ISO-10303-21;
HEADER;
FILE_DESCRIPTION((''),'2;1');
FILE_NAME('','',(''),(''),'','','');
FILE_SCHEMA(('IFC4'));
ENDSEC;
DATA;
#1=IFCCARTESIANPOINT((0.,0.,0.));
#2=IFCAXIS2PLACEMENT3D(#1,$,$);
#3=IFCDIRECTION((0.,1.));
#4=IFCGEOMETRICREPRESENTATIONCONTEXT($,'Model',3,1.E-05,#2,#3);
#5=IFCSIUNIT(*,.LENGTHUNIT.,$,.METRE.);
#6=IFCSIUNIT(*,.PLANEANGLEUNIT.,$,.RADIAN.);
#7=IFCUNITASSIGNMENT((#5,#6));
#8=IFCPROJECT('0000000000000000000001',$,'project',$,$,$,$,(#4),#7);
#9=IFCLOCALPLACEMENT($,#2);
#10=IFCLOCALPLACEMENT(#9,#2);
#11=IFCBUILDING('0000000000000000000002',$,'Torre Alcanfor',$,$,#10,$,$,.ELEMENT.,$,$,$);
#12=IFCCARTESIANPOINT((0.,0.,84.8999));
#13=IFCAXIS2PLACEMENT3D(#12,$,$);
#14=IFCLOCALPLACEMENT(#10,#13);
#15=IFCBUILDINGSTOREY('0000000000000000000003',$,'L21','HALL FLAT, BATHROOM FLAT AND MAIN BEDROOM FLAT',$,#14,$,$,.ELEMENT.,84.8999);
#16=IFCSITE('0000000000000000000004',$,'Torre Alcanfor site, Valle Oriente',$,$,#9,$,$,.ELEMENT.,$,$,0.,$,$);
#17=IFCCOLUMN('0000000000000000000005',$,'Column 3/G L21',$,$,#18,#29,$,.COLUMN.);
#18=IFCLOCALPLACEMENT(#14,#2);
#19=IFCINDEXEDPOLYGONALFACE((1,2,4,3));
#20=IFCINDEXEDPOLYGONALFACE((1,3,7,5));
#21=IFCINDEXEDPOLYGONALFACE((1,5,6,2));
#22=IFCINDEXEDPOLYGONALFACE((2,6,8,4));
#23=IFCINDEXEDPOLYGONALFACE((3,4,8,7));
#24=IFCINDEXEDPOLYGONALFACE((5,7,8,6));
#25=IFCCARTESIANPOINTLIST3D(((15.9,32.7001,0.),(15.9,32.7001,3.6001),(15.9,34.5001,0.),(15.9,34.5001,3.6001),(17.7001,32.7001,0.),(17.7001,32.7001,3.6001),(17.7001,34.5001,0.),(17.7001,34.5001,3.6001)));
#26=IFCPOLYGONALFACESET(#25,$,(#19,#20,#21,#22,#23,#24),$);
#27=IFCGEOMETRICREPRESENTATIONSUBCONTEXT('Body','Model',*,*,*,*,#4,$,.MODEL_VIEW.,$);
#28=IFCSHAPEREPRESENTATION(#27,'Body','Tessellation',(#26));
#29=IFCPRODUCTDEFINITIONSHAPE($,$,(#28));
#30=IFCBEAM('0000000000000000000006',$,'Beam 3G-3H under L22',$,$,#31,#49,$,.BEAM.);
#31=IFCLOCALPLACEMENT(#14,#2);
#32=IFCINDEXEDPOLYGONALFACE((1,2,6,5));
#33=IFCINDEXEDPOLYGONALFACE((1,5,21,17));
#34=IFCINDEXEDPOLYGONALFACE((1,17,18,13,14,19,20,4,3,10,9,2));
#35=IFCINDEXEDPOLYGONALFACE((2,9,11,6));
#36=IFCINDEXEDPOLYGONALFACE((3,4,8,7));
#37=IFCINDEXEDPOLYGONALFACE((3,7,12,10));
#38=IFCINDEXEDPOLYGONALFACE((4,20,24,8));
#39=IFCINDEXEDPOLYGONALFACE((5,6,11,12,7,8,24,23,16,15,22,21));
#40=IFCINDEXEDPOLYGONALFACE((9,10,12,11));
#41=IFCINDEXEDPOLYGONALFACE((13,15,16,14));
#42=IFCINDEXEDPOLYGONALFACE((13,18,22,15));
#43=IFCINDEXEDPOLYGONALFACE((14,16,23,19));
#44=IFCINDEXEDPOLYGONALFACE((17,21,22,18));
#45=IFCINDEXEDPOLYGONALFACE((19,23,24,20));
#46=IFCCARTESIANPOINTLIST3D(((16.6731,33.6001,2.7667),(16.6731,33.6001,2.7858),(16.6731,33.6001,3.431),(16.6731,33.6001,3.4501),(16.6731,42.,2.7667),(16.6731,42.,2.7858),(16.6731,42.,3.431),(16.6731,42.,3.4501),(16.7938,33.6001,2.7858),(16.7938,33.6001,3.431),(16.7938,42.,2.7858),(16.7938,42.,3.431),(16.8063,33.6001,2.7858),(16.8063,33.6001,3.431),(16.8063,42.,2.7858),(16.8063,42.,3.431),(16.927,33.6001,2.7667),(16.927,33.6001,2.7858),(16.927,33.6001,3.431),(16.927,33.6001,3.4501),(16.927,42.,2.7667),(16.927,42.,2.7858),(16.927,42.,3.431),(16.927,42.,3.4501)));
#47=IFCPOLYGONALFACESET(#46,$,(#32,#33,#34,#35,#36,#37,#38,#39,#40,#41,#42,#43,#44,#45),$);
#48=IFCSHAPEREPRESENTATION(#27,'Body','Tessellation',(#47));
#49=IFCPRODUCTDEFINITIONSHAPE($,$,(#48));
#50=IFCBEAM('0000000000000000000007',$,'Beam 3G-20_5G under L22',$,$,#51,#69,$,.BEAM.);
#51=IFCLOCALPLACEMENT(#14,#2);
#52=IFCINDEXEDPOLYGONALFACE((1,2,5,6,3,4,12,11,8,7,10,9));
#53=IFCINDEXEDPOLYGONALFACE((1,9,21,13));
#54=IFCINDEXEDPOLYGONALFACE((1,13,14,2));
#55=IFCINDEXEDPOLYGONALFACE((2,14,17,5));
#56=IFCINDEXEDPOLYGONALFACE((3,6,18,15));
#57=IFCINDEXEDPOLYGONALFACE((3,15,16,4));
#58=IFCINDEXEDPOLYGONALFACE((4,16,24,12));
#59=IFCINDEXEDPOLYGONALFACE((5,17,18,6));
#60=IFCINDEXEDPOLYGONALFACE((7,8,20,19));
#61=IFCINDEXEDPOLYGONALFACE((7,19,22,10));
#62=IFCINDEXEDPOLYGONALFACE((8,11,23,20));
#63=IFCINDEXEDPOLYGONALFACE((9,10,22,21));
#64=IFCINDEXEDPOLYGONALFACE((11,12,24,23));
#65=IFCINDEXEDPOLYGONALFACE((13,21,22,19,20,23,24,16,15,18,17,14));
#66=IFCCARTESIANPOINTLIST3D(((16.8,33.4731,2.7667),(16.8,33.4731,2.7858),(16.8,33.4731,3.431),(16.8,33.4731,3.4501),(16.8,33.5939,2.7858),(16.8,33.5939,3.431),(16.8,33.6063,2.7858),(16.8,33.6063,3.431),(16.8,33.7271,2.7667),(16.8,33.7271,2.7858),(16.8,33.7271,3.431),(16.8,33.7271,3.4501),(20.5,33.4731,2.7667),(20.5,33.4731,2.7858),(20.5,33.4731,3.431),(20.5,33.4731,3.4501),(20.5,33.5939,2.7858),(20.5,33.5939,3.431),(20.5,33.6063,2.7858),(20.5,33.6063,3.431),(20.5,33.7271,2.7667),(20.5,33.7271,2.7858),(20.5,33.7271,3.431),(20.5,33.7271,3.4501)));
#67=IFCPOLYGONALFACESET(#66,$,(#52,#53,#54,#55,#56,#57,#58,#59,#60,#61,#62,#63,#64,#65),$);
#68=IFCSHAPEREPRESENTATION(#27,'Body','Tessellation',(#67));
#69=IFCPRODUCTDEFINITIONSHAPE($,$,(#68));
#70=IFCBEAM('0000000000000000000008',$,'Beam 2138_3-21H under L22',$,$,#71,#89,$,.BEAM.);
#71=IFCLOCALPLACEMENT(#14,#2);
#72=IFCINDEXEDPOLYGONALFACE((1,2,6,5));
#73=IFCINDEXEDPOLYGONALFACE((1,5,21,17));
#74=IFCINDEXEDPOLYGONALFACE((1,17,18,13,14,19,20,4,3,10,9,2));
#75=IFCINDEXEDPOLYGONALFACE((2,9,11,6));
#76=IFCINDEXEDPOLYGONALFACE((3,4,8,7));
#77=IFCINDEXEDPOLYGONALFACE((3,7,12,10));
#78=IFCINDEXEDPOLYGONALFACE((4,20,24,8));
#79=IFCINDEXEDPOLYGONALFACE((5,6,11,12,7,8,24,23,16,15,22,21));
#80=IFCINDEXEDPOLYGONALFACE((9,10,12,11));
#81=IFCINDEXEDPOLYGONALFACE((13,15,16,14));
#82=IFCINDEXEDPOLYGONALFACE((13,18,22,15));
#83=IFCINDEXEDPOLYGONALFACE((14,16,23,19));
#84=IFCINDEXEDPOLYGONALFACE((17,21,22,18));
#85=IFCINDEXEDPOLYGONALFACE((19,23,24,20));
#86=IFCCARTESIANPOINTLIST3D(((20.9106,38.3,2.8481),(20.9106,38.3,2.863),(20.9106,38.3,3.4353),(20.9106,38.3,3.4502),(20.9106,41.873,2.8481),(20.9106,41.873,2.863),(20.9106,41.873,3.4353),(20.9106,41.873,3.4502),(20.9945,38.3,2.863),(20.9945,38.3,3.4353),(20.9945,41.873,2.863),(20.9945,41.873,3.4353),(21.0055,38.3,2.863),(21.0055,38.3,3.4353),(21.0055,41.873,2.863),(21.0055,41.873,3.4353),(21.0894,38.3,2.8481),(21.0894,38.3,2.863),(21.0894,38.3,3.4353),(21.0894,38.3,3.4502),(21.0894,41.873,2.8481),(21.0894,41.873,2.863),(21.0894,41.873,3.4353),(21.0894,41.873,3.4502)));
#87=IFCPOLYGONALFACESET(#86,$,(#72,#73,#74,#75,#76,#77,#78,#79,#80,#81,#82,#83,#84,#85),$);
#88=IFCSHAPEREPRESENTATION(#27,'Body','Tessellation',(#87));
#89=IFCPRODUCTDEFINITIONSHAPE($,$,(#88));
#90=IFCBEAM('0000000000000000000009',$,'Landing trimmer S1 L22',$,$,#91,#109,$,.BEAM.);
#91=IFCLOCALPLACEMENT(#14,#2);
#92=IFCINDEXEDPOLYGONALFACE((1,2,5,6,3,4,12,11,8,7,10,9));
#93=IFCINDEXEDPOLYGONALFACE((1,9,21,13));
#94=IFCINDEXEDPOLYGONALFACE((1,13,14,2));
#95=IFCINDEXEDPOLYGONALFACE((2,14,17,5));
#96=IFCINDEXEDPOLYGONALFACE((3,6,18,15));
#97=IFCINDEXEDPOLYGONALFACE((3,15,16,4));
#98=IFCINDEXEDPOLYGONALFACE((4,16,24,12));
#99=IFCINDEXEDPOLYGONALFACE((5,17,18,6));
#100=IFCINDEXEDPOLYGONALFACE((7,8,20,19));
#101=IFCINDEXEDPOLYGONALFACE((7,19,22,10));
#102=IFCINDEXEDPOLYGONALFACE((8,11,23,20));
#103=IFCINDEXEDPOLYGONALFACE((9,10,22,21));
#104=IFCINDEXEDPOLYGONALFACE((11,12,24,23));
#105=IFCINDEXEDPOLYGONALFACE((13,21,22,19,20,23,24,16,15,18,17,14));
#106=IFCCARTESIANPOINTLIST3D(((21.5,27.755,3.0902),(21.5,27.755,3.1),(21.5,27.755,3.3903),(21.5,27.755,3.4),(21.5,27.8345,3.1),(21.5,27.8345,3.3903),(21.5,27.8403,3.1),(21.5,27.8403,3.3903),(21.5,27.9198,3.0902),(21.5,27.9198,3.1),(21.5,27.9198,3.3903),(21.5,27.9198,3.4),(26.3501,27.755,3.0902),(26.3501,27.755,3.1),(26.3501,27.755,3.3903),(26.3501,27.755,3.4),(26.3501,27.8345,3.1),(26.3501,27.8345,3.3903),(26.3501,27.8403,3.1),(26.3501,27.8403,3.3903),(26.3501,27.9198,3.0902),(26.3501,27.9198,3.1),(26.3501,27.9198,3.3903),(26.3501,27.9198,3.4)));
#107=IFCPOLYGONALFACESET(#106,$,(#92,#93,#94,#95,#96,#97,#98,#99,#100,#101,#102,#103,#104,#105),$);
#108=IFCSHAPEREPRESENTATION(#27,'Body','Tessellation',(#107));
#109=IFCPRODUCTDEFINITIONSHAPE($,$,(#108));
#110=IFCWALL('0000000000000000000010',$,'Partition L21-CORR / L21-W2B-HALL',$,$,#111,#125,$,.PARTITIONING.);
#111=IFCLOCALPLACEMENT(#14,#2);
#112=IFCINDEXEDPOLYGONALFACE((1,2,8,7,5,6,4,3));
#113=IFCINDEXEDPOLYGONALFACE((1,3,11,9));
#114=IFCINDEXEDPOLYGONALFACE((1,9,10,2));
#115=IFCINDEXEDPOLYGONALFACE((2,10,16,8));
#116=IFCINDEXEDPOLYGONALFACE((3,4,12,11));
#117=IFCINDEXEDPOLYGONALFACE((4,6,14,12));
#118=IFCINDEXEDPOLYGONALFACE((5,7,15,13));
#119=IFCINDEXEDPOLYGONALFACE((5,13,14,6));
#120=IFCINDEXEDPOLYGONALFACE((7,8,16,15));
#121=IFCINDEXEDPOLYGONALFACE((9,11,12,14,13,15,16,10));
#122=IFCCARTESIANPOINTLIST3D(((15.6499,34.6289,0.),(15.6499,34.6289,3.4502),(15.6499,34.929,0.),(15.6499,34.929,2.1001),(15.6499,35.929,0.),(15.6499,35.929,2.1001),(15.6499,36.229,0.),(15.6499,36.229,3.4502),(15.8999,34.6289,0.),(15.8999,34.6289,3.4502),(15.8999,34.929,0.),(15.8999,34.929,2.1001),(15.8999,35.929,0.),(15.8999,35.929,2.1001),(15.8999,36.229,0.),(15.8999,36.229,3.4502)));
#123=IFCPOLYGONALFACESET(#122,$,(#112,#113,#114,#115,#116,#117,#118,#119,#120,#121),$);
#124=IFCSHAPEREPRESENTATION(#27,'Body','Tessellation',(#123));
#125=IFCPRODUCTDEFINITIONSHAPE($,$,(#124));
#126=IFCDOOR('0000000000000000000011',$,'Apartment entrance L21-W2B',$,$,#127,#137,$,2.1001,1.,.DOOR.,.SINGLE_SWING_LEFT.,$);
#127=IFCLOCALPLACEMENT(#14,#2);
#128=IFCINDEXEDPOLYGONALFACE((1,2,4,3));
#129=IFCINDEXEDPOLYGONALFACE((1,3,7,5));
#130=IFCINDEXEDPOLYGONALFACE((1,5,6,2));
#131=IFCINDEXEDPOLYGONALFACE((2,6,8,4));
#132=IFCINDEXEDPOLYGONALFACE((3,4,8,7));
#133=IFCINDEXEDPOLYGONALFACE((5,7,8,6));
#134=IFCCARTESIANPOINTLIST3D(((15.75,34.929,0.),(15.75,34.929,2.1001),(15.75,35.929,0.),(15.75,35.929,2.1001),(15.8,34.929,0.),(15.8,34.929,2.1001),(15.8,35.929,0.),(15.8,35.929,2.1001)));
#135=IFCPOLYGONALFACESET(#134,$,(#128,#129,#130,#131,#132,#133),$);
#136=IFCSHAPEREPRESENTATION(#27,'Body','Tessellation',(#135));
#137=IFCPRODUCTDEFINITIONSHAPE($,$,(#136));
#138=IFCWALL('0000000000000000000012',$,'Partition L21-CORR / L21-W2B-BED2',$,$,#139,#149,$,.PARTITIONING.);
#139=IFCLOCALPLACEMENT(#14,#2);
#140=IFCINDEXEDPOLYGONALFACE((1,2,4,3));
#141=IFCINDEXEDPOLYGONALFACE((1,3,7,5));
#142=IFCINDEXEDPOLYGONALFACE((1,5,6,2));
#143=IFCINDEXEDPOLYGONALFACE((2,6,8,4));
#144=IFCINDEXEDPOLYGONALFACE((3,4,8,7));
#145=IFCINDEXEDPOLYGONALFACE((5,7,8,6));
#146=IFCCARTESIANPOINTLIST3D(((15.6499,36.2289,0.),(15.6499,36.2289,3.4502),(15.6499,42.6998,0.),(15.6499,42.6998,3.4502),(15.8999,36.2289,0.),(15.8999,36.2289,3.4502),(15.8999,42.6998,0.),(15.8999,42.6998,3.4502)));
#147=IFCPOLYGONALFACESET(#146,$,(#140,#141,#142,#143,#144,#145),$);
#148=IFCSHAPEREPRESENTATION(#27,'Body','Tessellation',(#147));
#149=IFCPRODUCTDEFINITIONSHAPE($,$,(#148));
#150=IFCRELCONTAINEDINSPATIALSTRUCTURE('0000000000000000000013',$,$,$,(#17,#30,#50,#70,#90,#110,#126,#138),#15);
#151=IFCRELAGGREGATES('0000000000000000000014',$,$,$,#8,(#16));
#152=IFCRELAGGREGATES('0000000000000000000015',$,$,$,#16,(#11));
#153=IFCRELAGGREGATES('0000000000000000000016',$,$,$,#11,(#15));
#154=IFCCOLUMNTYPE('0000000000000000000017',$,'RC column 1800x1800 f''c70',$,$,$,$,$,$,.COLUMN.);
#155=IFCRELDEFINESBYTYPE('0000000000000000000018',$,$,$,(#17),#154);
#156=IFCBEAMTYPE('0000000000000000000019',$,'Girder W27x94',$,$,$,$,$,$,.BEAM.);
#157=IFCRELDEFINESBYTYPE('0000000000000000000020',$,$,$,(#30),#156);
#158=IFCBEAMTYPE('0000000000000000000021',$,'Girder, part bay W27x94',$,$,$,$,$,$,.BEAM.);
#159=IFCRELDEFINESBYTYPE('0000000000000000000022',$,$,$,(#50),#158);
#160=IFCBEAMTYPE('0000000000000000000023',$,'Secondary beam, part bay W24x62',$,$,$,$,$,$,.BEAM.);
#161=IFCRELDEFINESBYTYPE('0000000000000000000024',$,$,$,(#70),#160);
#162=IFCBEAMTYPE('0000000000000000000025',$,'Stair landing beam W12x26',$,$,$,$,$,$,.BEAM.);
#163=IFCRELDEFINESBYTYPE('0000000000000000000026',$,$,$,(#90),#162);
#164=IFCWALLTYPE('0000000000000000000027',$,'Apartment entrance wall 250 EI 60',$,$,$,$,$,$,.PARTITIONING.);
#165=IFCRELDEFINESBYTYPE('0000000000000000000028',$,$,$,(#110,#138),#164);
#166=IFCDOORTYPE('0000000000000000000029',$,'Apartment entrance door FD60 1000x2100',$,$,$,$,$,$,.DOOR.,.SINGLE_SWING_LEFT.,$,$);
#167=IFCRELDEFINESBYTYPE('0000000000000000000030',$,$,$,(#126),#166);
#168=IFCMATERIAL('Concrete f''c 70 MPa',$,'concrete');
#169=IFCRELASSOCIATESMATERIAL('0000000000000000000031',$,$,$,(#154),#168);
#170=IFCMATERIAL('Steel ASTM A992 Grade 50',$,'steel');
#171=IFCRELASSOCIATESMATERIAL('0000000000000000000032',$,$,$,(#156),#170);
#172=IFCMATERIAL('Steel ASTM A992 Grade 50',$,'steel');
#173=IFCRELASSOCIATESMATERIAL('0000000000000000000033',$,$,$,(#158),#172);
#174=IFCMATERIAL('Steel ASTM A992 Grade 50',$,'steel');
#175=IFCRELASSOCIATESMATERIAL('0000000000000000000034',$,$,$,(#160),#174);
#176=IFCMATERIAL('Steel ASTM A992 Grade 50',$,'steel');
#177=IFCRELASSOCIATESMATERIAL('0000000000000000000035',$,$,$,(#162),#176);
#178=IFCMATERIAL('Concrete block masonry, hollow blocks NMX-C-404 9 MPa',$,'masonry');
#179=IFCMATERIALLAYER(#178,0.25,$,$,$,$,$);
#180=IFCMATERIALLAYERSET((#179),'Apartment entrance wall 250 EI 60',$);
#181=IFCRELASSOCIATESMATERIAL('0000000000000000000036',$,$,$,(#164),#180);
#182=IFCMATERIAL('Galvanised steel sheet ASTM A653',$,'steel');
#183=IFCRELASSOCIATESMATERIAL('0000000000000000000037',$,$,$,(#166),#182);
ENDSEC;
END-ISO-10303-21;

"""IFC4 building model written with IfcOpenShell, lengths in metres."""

from ifc_helpers import new_model, si_unit, direction, frame, frame_2d, origin, origin_2d, place, context, subcontext, project, spatial, rectangle, i_section, extrude, material, layer, layer_set, material_profile, profile_set, type_object, element, fill, save


model = new_model("IFC4")

# Units and contexts
model_context = context("Model", 3, precision=1e-05, world=origin(), true_north=direction((0.0, 1.0)))
body_context = subcontext(model_context, "Body", "Model", "MODEL_VIEW")
ifc_project = project(units=[si_unit("LENGTHUNIT", "METRE"), si_unit("PLANEANGLEUNIT", "RADIAN")], contexts=[model_context])

# Site, building, storey
site_placement = place(None, origin())
site = spatial("IfcSite", under=ifc_project, at=site_placement, Name="Torre Alcanfor site, Valle Oriente", CompositionType="ELEMENT", RefElevation=0.0)
building_placement = place(site_placement, origin())
building = spatial("IfcBuilding", under=site, at=building_placement, Name="Torre Alcanfor", CompositionType="ELEMENT")
storey_placement = place(building_placement, frame((0.0, 0.0, 84.8999)))
storey = spatial("IfcBuildingStorey", under=building, at=storey_placement, Name="L21", Description="HALL FLAT, BATHROOM FLAT AND MAIN BEDROOM FLAT", CompositionType="ELEMENT", Elevation=84.8999)

# Column
ifc_material_1 = material(Name="Concrete f'c 70 MPa", Category="concrete")
ifc_material_profile_1 = material_profile(ifc_material_1, rectangle(XDim=1.8, YDim=1.8, at=origin_2d()), Name="1800x1800")
ifc_profile_set_1 = profile_set([ifc_material_profile_1], Name="Concrete f'c 70 MPa")
column_type = type_object("IfcColumnType", Name="RC column 1800x1800 f'c70", PredefinedType="COLUMN", material=ifc_profile_set_1)
column_placement = place(storey_placement, frame((16.8, 33.6001, 0.0), z_axis=(0.0, 0.0, 1.0), x_axis=(1.0, 0.0, 0.0)))
element("IfcColumn", 1, at=column_placement, inside=storey, type_object=column_type, Name="Column 3/G L21", PredefinedType="COLUMN", context=body_context, shape_type="SweptSolid", body=[
    extrude(rectangle(XDim=1.8, YDim=1.8, at=origin_2d()), origin(), (0.0, 0.0, 1.0), 3.6001),
])

# Beams
ifc_material_2 = material(Name="Steel ASTM A992 Grade 50", Category="steel")
ifc_material_profile_2 = material_profile(ifc_material_2, i_section(OverallWidth=0.2539, OverallDepth=0.6833, WebThickness=0.0125, FlangeThickness=0.019, at=origin_2d()), Name="W27x94")
ifc_profile_set_2 = profile_set([ifc_material_profile_2], Name="Steel ASTM A992 Grade 50")
beam_type_1 = type_object("IfcBeamType", Name="Girder W27x94", PredefinedType="BEAM", material=ifc_profile_set_2)
beam_1_placement = place(storey_placement, frame((16.8, 33.6001, 3.1084), z_axis=(0.0, 1.0, 0.0), x_axis=(-1.0, 0.0, 0.0)))
element("IfcBeam", 2, at=beam_1_placement, inside=storey, type_object=beam_type_1, Name="Beam 3G-3H under L22", PredefinedType="BEAM", context=body_context, shape_type="SweptSolid", body=[
    extrude(i_section(OverallWidth=0.2539, OverallDepth=0.6833, WebThickness=0.0125, FlangeThickness=0.019, at=origin_2d()), origin(), (0.0, 0.0, 1.0), 8.3999),
])
ifc_material_3 = material(Name="Steel ASTM A992 Grade 50", Category="steel")
ifc_material_profile_3 = material_profile(ifc_material_3, i_section(OverallWidth=0.2539, OverallDepth=0.6833, WebThickness=0.0125, FlangeThickness=0.019, at=origin_2d()), Name="W27x94")
ifc_profile_set_3 = profile_set([ifc_material_profile_3], Name="Steel ASTM A992 Grade 50")
beam_type_2 = type_object("IfcBeamType", Name="Girder, part bay W27x94", PredefinedType="BEAM", material=ifc_profile_set_3)
beam_2_placement = place(storey_placement, frame((16.8, 33.6001, 3.1084), z_axis=(1.0, 0.0, 0.0), x_axis=(0.0, 1.0, 0.0)))
element("IfcBeam", 3, at=beam_2_placement, inside=storey, type_object=beam_type_2, Name="Beam 3G-20_5G under L22", PredefinedType="BEAM", context=body_context, shape_type="SweptSolid", body=[
    extrude(i_section(OverallWidth=0.2539, OverallDepth=0.6833, WebThickness=0.0125, FlangeThickness=0.019, at=origin_2d()), origin(), (0.0, 0.0, 1.0), 3.7),
])
ifc_material_4 = material(Name="Steel ASTM A992 Grade 50", Category="steel")
ifc_material_profile_4 = material_profile(ifc_material_4, i_section(OverallWidth=0.1787, OverallDepth=0.6021, WebThickness=0.011, FlangeThickness=0.0149, at=origin_2d()), Name="W24x62")
ifc_profile_set_4 = profile_set([ifc_material_profile_4], Name="Steel ASTM A992 Grade 50")
beam_type_3 = type_object("IfcBeamType", Name="Secondary beam, part bay W24x62", PredefinedType="BEAM", material=ifc_profile_set_4)
beam_3_placement = place(storey_placement, frame((21.0, 38.3, 3.1492), z_axis=(0.0, 1.0, 0.0), x_axis=(-1.0, 0.0, 0.0)))
element("IfcBeam", 4, at=beam_3_placement, inside=storey, type_object=beam_type_3, Name="Beam 2138_3-21H under L22", PredefinedType="BEAM", context=body_context, shape_type="SweptSolid", body=[
    extrude(i_section(OverallWidth=0.1787, OverallDepth=0.6021, WebThickness=0.011, FlangeThickness=0.0149, at=origin_2d()), origin(), (0.0, 0.0, 1.0), 3.573),
])
ifc_material_5 = material(Name="Steel ASTM A992 Grade 50", Category="steel")
ifc_material_profile_5 = material_profile(ifc_material_5, i_section(OverallWidth=0.1648, OverallDepth=0.3098, WebThickness=0.0059, FlangeThickness=0.0098, at=origin_2d()), Name="W12x26")
ifc_profile_set_5 = profile_set([ifc_material_profile_5], Name="Steel ASTM A992 Grade 50")
beam_type_4 = type_object("IfcBeamType", Name="Stair landing beam W12x26", PredefinedType="BEAM", material=ifc_profile_set_5)
beam_4_placement = place(storey_placement, frame((21.5, 27.8374, 3.2451), z_axis=(1.0, 0.0, 0.0), x_axis=(0.0, 1.0, 0.0)))
element("IfcBeam", 5, at=beam_4_placement, inside=storey, type_object=beam_type_4, Name="Landing trimmer S1 L22", PredefinedType="BEAM", context=body_context, shape_type="SweptSolid", body=[
    extrude(i_section(OverallWidth=0.1648, OverallDepth=0.3098, WebThickness=0.0059, FlangeThickness=0.0098, at=origin_2d()), origin(), (0.0, 0.0, 1.0), 4.8501),
])

# Wall, opening, door
ifc_material_6 = material(Name="Concrete block masonry, hollow blocks NMX-C-404 9 MPa", Category="masonry")
ifc_layer_1 = layer(ifc_material_6, 0.25)
ifc_layer_set_1 = layer_set([ifc_layer_1], Name="Apartment entrance wall 250 EI 60")
wall_type_1 = type_object("IfcWallType", Name="Apartment entrance wall 250 EI 60", PredefinedType="PARTITIONING", material=ifc_layer_set_1)
wall_1_placement = place(storey_placement, frame((15.7749, 34.6289, 0.0), z_axis=(0.0, 0.0, 1.0), x_axis=(0.0, 1.0, 0.0)))
wall_1 = element("IfcWall", 6, at=wall_1_placement, inside=storey, type_object=wall_type_1, Name="Partition L21-CORR / L21-W2B-HALL", PredefinedType="PARTITIONING", context=body_context, shape_type="SweptSolid", body=[
    extrude(rectangle(XDim=1.6001, YDim=0.25, at=frame_2d((0.8, 0.0))), origin(), (0.0, 0.0, 1.0), 3.4502),
])
opening_1_placement = place(wall_1_placement, frame((0.3, 0.0, 0.0)))
opening_1 = element("IfcOpeningElement", 7, at=opening_1_placement, cuts=wall_1, PredefinedType="OPENING", context=body_context, shape_type="SweptSolid", body=[
    extrude(rectangle(XDim=1.0, YDim=2.1001, at=frame_2d((0.5, 1.05))), frame((0.0, 0.135, 0.0), z_axis=(0.0, -1.0, 0.0), x_axis=(1.0, 0.0, 0.0)), (0.0, 0.0, 1.0), 0.27),
])
ifc_material_7 = material(Name="Galvanised steel sheet ASTM A653", Category="steel")
door_type_1 = type_object("IfcDoorType", Name="Apartment entrance door FD60 1000x2100", OperationType="SINGLE_SWING_LEFT", PredefinedType="DOOR", material=ifc_material_7)
door_1_placement = place(opening_1_placement, origin())
door_1 = element("IfcDoor", 8, at=door_1_placement, inside=storey, type_object=door_type_1, Name="Apartment entrance L21-W2B", OperationType="SINGLE_SWING_LEFT", OverallHeight=2.1001, OverallWidth=1.0, PredefinedType="DOOR", context=body_context, shape_type="SweptSolid", body=[
    extrude(rectangle(XDim=1.0, YDim=2.1001, at=frame_2d((0.5, 1.05))), frame((0.0, 0.0249, 0.0), z_axis=(0.0, -1.0, 0.0), x_axis=(1.0, 0.0, 0.0)), (0.0, 0.0, 1.0), 0.05),
])
fill(opening_1, door_1)

# Wall
wall_2_placement = place(storey_placement, frame((15.7749, 36.229, 0.0), z_axis=(0.0, 0.0, 1.0), x_axis=(0.0, 1.0, 0.0)))
element("IfcWall", 9, at=wall_2_placement, inside=storey, type_object=wall_type_1, Name="Partition L21-CORR / L21-W2B-BED2", PredefinedType="PARTITIONING", context=body_context, shape_type="SweptSolid", body=[
    extrude(rectangle(XDim=6.4709, YDim=0.25, at=frame_2d((3.2354, 0.0))), origin(), (0.0, 0.0, 1.0), 3.4502),
])

save(model, "model.ifc")
